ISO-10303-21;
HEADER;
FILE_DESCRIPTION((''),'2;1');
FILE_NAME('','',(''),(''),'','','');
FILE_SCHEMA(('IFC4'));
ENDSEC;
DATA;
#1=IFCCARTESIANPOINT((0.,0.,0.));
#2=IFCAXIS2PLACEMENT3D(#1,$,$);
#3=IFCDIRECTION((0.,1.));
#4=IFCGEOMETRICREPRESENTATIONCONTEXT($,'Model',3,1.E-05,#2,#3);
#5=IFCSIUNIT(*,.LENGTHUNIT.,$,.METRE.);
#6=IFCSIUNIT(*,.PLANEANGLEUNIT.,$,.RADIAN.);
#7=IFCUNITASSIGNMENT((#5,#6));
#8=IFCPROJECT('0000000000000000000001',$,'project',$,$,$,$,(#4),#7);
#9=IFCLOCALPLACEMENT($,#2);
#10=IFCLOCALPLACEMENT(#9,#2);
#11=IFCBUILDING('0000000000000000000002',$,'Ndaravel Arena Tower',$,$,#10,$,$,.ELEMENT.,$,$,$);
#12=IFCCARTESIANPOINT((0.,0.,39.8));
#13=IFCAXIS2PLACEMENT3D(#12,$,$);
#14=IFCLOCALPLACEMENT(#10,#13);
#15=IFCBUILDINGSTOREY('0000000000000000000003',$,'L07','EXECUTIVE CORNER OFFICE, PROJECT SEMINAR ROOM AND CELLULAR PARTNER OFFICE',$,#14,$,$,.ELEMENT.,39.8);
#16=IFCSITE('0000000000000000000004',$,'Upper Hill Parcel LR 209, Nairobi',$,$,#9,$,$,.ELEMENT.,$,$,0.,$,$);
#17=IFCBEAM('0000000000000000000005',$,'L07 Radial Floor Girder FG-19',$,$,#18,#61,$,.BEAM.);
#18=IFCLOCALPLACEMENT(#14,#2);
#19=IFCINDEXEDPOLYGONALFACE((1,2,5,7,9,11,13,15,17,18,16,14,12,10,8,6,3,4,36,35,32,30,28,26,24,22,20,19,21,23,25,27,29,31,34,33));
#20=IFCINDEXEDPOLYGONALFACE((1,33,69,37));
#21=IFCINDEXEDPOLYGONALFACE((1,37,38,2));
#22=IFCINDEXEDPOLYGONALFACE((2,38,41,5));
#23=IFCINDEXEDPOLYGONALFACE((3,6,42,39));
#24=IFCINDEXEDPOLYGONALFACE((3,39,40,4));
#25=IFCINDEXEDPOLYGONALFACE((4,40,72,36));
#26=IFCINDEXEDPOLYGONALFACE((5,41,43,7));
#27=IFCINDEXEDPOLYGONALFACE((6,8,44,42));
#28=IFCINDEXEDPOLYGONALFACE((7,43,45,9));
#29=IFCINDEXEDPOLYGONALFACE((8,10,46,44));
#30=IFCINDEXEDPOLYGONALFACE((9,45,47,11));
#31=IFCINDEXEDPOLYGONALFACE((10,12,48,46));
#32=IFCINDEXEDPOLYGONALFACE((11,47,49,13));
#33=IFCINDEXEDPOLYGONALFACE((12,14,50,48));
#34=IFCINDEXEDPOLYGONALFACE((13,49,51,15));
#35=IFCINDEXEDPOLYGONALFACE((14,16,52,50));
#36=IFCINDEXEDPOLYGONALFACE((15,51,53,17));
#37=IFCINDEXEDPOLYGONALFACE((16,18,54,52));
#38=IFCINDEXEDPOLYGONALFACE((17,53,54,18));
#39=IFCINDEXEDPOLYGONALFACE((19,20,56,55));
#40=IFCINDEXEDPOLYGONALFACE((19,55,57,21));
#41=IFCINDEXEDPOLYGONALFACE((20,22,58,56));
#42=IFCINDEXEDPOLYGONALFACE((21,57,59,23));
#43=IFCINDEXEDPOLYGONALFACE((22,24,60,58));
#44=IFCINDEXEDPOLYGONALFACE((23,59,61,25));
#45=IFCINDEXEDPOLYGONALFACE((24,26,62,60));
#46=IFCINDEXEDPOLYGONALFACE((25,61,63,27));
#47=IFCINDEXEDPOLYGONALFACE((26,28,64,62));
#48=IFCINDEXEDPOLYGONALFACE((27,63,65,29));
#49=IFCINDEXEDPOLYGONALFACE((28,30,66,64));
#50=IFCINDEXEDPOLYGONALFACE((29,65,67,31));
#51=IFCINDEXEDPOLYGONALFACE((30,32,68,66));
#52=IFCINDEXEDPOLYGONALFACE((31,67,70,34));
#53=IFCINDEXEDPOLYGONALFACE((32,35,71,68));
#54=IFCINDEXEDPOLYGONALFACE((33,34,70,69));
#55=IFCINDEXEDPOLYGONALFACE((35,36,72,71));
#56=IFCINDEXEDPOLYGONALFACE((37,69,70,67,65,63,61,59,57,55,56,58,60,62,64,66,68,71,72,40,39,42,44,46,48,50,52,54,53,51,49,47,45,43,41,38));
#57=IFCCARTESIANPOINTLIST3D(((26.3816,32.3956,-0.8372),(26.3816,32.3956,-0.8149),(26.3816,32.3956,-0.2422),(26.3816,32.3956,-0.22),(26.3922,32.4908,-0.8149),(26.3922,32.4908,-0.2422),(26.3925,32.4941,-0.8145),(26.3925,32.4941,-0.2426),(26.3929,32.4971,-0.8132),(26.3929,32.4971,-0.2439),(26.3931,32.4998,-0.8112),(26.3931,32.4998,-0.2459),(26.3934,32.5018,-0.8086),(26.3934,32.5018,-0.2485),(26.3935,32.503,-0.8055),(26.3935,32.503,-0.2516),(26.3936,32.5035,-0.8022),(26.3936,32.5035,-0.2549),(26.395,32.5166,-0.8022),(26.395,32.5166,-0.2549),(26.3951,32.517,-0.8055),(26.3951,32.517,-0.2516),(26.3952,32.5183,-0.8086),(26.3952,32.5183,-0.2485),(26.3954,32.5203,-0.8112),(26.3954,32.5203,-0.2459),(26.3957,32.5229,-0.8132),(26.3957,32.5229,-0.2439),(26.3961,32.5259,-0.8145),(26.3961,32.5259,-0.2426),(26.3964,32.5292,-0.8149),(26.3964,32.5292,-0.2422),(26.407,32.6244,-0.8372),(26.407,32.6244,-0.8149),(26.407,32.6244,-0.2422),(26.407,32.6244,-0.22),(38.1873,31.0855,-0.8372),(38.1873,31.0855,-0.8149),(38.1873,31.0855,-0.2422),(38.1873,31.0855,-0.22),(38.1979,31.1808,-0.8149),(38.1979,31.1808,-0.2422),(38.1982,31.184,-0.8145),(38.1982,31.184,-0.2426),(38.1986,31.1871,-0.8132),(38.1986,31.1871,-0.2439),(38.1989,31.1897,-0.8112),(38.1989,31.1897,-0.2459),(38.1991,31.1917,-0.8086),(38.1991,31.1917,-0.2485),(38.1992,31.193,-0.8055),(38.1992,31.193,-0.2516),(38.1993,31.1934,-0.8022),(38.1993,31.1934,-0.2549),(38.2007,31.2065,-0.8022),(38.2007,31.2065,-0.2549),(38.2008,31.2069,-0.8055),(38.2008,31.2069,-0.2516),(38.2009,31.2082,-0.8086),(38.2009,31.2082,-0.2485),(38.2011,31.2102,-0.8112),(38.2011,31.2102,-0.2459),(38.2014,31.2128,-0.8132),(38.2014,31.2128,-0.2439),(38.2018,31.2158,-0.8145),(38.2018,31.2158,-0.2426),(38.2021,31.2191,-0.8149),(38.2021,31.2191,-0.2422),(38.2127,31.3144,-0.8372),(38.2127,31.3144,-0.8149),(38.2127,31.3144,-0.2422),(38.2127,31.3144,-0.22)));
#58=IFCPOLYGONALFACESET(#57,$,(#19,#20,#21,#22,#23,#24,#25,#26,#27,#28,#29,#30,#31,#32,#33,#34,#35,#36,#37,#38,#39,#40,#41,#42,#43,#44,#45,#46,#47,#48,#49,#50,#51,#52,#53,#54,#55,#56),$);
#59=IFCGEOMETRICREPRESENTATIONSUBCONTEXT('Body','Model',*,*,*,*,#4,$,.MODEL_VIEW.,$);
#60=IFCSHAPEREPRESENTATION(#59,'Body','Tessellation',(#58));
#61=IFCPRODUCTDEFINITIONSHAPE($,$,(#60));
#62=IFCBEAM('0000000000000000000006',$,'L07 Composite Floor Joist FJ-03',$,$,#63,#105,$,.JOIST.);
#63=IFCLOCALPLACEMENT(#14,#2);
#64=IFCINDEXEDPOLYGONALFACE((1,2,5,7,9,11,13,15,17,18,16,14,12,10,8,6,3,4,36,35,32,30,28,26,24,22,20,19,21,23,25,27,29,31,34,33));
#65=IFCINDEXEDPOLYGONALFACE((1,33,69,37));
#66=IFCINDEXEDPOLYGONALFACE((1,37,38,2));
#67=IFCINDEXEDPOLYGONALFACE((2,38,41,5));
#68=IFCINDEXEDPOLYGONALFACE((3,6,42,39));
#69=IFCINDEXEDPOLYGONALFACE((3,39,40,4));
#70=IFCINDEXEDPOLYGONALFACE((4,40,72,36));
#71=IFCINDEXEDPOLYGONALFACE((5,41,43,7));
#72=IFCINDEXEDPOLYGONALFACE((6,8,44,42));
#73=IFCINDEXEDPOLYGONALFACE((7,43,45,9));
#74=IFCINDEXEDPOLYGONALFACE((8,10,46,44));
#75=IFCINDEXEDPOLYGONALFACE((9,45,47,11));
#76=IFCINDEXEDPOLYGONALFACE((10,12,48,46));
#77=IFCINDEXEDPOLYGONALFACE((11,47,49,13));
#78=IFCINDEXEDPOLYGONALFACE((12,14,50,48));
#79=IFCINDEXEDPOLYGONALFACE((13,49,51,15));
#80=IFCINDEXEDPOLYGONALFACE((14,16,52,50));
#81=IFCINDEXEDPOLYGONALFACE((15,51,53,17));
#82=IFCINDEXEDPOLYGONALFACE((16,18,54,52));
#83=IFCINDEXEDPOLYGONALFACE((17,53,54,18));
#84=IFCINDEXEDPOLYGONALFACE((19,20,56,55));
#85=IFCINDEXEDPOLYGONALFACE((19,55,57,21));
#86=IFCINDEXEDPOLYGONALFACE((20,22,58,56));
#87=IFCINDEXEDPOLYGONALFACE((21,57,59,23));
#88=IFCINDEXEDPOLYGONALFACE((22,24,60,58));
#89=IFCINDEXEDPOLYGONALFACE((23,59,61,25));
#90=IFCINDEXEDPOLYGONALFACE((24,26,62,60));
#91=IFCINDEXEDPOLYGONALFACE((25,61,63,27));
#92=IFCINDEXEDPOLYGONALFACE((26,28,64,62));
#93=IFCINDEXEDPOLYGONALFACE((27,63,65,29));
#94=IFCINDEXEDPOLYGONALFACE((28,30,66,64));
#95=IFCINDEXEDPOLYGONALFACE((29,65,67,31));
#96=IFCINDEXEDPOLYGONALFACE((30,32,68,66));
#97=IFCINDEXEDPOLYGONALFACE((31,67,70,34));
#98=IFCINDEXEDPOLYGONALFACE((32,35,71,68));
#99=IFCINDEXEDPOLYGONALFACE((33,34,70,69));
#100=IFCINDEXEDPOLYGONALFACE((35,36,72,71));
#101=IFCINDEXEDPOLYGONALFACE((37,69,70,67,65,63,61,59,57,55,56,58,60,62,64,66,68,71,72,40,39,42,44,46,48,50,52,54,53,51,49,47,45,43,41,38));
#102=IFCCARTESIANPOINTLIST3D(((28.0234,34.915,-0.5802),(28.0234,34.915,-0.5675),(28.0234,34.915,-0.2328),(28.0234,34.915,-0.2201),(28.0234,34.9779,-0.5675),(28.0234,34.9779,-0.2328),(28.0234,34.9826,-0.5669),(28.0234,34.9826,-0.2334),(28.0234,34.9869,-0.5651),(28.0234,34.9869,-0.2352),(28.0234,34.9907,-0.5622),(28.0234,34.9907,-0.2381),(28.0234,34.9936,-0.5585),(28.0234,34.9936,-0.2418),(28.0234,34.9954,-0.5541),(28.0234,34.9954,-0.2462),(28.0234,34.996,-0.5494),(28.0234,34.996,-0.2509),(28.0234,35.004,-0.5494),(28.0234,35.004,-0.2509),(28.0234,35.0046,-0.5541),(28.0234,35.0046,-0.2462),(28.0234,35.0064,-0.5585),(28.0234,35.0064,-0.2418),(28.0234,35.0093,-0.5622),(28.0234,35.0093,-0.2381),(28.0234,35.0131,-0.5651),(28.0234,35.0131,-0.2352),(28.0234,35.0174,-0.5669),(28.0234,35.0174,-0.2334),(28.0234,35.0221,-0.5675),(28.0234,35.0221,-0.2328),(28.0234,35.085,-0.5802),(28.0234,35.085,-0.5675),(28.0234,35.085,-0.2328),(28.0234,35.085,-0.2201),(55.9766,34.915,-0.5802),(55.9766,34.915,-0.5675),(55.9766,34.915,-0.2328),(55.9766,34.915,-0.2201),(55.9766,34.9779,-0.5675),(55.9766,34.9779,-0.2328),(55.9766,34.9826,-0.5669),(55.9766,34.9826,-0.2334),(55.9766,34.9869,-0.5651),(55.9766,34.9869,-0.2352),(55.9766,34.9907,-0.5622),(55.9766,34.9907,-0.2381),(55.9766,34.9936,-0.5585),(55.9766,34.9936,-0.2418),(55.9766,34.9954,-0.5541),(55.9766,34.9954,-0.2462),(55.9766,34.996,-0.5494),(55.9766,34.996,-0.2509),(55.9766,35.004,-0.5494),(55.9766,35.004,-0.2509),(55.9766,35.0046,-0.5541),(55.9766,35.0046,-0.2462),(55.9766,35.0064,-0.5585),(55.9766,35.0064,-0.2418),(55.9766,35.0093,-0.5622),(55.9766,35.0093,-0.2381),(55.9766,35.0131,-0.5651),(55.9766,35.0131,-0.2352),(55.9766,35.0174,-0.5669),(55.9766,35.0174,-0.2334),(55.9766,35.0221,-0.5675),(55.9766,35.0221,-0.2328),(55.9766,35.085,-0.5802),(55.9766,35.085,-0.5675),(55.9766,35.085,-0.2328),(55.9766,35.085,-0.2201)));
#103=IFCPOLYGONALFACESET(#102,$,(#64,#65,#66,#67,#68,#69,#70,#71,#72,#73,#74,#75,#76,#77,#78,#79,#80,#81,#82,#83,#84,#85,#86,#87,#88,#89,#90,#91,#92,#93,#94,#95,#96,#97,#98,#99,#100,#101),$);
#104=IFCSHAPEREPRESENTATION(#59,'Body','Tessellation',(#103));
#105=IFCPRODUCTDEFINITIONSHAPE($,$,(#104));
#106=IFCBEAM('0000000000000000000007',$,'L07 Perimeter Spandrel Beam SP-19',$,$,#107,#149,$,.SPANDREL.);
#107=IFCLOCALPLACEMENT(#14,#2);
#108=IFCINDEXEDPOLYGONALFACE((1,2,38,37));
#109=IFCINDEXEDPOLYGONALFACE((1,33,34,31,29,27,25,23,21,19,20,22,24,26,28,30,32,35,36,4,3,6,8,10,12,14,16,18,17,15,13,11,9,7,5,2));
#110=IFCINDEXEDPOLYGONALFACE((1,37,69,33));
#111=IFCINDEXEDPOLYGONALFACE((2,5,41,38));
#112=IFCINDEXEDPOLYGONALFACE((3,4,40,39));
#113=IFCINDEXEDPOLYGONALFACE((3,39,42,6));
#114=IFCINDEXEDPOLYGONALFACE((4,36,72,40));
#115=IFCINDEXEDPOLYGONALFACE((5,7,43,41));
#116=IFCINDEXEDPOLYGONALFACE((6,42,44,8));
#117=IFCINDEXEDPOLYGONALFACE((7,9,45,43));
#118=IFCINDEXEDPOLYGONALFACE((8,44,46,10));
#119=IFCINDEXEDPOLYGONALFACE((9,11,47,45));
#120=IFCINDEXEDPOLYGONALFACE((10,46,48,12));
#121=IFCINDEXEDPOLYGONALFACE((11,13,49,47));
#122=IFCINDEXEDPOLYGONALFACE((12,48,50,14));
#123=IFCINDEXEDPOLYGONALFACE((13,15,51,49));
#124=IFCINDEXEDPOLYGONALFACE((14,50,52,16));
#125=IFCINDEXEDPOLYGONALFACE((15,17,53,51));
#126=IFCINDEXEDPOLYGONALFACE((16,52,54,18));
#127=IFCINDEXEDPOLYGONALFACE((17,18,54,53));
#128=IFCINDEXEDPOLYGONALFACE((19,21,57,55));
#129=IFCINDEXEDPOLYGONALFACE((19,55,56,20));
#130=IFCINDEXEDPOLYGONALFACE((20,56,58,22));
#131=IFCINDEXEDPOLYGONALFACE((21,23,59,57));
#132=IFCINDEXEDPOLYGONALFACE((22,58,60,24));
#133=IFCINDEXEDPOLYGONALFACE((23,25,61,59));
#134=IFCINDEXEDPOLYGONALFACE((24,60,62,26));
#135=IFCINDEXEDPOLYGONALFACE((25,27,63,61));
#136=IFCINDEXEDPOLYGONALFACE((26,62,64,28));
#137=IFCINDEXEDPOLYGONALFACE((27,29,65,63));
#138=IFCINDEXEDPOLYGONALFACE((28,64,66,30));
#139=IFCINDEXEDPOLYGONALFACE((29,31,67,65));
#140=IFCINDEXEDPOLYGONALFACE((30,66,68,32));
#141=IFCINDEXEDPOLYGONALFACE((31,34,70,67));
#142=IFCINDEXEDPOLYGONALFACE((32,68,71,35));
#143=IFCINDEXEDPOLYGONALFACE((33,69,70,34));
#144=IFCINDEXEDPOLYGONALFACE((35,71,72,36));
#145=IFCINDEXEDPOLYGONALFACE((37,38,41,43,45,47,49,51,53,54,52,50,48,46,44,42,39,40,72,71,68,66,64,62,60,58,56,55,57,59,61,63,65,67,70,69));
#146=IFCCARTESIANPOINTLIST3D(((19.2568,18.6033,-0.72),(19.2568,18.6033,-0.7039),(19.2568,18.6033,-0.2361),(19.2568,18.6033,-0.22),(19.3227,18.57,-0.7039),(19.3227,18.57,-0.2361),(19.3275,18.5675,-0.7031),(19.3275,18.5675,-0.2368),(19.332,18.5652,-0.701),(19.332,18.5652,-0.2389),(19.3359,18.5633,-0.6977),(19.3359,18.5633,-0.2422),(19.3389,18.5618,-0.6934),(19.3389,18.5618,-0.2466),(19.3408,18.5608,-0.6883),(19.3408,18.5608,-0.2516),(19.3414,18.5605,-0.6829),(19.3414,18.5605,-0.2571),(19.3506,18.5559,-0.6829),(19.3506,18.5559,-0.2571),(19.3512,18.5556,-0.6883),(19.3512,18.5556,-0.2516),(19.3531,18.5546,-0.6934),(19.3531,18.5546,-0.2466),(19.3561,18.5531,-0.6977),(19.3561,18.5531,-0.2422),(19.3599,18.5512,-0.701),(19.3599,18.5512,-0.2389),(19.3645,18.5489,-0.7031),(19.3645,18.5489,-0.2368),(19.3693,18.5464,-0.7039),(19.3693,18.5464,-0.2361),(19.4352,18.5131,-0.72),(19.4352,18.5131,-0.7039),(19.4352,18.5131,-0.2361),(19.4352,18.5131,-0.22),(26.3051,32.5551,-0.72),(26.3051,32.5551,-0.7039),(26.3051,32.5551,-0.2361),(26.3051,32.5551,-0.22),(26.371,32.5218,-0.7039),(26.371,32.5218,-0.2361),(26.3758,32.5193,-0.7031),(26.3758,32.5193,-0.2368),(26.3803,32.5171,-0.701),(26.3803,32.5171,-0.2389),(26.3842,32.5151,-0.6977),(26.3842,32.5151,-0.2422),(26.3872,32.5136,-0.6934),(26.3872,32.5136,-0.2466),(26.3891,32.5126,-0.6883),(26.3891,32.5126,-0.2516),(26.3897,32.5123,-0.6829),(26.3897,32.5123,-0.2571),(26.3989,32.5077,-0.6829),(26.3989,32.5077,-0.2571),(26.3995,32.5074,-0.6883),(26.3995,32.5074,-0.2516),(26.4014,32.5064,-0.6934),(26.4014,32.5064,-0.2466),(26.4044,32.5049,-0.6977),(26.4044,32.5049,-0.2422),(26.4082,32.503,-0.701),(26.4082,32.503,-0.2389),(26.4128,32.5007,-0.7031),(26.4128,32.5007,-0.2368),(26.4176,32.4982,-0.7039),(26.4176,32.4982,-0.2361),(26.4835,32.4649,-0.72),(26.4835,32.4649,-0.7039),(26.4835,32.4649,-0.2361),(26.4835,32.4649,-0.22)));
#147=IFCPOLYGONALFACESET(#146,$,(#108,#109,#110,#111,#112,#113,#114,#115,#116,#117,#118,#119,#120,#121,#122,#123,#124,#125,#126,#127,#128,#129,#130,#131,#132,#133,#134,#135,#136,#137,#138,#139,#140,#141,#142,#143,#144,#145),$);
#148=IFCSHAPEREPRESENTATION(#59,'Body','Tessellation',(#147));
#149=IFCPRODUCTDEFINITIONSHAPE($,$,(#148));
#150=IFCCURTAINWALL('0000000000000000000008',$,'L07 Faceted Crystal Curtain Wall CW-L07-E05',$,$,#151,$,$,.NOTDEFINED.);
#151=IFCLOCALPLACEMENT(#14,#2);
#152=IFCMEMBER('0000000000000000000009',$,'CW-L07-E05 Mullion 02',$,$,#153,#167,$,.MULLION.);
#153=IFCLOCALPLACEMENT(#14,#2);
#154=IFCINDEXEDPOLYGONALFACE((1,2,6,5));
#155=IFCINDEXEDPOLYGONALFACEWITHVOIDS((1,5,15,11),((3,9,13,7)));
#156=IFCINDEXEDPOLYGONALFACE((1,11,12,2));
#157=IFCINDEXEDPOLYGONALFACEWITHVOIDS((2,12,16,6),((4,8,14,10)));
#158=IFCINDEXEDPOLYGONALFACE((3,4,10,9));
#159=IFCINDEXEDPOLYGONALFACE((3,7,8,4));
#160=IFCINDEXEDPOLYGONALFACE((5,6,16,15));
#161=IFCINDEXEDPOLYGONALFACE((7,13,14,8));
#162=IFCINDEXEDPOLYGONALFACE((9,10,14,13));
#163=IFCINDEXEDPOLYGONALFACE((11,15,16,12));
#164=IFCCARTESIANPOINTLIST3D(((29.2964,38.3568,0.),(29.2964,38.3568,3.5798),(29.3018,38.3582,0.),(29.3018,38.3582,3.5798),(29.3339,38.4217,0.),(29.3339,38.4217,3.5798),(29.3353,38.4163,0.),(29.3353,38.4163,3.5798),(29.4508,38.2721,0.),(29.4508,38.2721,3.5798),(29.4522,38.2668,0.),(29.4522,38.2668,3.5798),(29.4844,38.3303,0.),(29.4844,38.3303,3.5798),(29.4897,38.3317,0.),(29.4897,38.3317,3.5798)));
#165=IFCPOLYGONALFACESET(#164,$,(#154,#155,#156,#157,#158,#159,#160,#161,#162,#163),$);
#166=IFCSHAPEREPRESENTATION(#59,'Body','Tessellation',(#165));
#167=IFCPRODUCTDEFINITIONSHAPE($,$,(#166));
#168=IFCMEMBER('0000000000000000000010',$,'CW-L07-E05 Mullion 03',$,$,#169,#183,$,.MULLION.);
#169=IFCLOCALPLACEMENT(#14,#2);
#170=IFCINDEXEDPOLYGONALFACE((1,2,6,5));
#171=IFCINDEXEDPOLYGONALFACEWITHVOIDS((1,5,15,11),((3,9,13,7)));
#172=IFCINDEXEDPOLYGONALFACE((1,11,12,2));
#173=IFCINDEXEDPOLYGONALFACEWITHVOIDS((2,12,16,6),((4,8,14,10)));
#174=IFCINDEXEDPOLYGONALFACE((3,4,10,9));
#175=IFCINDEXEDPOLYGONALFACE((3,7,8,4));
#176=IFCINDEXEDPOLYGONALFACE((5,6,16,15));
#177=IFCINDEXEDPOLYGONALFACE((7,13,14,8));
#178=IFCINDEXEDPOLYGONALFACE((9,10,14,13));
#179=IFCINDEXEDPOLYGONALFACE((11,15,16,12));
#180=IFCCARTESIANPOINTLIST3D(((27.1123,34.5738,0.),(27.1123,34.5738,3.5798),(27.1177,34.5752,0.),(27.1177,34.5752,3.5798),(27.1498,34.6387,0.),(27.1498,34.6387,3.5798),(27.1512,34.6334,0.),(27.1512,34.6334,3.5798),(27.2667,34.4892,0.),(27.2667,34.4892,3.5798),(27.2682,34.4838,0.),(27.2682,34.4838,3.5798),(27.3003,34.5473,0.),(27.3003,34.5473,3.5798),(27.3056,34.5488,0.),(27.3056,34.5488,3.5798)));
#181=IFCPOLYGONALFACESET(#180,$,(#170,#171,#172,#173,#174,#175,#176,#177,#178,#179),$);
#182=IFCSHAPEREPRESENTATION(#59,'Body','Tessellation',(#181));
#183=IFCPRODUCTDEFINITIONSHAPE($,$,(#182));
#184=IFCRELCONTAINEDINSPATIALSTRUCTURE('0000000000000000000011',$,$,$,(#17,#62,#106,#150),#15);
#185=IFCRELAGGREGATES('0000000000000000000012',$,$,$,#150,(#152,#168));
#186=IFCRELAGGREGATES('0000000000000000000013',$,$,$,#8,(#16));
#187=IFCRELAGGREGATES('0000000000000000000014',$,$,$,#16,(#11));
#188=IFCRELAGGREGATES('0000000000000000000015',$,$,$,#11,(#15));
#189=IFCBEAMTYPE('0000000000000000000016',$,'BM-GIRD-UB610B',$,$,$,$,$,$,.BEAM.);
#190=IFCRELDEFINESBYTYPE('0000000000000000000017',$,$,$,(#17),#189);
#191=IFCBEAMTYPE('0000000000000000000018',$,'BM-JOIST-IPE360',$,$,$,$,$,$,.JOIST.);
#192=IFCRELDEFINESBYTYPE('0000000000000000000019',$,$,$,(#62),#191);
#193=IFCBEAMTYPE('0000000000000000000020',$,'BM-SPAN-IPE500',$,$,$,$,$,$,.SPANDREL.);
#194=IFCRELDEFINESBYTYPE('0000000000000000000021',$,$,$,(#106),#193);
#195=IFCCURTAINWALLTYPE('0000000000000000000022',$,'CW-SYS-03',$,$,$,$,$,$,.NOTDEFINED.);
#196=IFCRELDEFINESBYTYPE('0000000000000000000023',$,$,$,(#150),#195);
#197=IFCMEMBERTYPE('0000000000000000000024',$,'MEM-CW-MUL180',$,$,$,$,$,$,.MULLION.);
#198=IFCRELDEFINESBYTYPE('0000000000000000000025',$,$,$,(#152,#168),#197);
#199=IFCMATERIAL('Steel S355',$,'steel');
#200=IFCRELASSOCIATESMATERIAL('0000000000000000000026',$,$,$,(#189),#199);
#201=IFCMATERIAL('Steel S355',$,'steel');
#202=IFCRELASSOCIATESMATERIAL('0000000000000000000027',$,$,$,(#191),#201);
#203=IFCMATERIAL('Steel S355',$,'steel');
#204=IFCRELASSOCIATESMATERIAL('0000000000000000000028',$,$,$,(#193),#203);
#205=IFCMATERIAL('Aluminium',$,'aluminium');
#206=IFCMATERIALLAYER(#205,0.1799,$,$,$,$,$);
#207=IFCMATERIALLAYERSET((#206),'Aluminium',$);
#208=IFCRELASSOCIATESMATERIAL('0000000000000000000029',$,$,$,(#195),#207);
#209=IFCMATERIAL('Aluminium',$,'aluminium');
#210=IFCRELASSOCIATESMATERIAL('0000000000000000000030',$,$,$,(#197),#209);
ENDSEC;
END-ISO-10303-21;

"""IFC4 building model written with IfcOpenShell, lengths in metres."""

from ifc_helpers import new_model, si_unit, direction, frame, origin, origin_2d, place, context, subcontext, project, spatial, hollow_rectangle, i_section, extrude, material, layer, layer_set, material_profile, profile_set, type_object, element, aggregate, save


model = new_model("IFC4")

# Units and contexts
model_context = context("Model", 3, precision=1e-05, world=origin(), true_north=direction((0.0, 1.0)))
body_context = subcontext(model_context, "Body", "Model", "MODEL_VIEW")
ifc_project = project(units=[si_unit("LENGTHUNIT", "METRE"), si_unit("PLANEANGLEUNIT", "RADIAN")], contexts=[model_context])

# Site, building, storey
site_placement = place(None, origin())
site = spatial("IfcSite", under=ifc_project, at=site_placement, Name="Upper Hill Parcel LR 209, Nairobi", CompositionType="ELEMENT", RefElevation=0.0)
building_placement = place(site_placement, origin())
building = spatial("IfcBuilding", under=site, at=building_placement, Name="Ndaravel Arena Tower", CompositionType="ELEMENT")
storey_placement = place(building_placement, frame((0.0, 0.0, 39.8)))
storey = spatial("IfcBuildingStorey", under=building, at=storey_placement, Name="L07", Description="EXECUTIVE CORNER OFFICE, PROJECT SEMINAR ROOM AND CELLULAR PARTNER OFFICE", CompositionType="ELEMENT", Elevation=39.8)

# Beams
ifc_material_1 = material(Name="Steel S355", Category="steel")
ifc_material_profile_1 = material_profile(ifc_material_1, i_section(OverallWidth=0.2302, OverallDepth=0.6172, WebThickness=0.0132, FlangeThickness=0.0222, FilletRadius=0.0127, at=origin_2d()), Name="UB 610x229x140")
ifc_profile_set_1 = profile_set([ifc_material_profile_1], Name="Steel S355")
beam_type_1 = type_object("IfcBeamType", Name="BM-GIRD-UB610B", PredefinedType="BEAM", material=ifc_profile_set_1)
beam_1_placement = place(storey_placement, frame((26.3943, 32.51, -0.5286), z_axis=(0.993899, -0.110292, 0.0), x_axis=(0.110292, 0.993899, 0.0)))
element("IfcBeam", 1, at=beam_1_placement, inside=storey, type_object=beam_type_1, Name="L07 Radial Floor Girder FG-19", PredefinedType="BEAM", context=body_context, shape_type="SweptSolid", body=[
    extrude(i_section(OverallWidth=0.2302, OverallDepth=0.6172, WebThickness=0.0132, FlangeThickness=0.0222, FilletRadius=0.0127, at=origin_2d()), origin(), (0.0, 0.0, 1.0), 11.8782),
])
ifc_material_2 = material(Name="Steel S355", Category="steel")
ifc_material_profile_2 = material_profile(ifc_material_2, i_section(OverallWidth=0.1699, OverallDepth=0.3601, WebThickness=0.0081, FlangeThickness=0.0127, FilletRadius=0.0181, at=origin_2d()), Name="IPE 360")
ifc_profile_set_2 = profile_set([ifc_material_profile_2], Name="Steel S355")
beam_type_2 = type_object("IfcBeamType", Name="BM-JOIST-IPE360", PredefinedType="JOIST", material=ifc_profile_set_2)
beam_2_placement = place(storey_placement, frame((28.0234, 35.0, -0.4001), z_axis=(1.0, 0.0, 0.0), x_axis=(0.0, 1.0, 0.0)))
element("IfcBeam", 2, at=beam_2_placement, inside=storey, type_object=beam_type_2, Name="L07 Composite Floor Joist FJ-03", PredefinedType="JOIST", context=body_context, shape_type="SweptSolid", body=[
    extrude(i_section(OverallWidth=0.1699, OverallDepth=0.3601, WebThickness=0.0081, FlangeThickness=0.0127, FilletRadius=0.0181, at=origin_2d()), origin(), (0.0, 0.0, 1.0), 27.9531),
])
ifc_material_3 = material(Name="Steel S355", Category="steel")
ifc_material_profile_3 = material_profile(ifc_material_3, i_section(OverallWidth=0.2, OverallDepth=0.5, WebThickness=0.0103, FlangeThickness=0.0161, FilletRadius=0.021, at=origin_2d()), Name="IPE 500")
ifc_profile_set_3 = profile_set([ifc_material_profile_3], Name="Steel S355")
beam_type_3 = type_object("IfcBeamType", Name="BM-SPAN-IPE500", PredefinedType="SPANDREL", material=ifc_profile_set_3)
beam_3_placement = place(storey_placement, frame((26.3943, 32.51, -0.47), z_axis=(-0.450915, -0.892567, 0.0), x_axis=(0.892567, -0.450915, 0.0)))
element("IfcBeam", 3, at=beam_3_placement, inside=storey, type_object=beam_type_3, Name="L07 Perimeter Spandrel Beam SP-19", PredefinedType="SPANDREL", context=body_context, shape_type="SweptSolid", body=[
    extrude(i_section(OverallWidth=0.2, OverallDepth=0.5, WebThickness=0.0103, FlangeThickness=0.0161, FilletRadius=0.021, at=origin_2d()), origin(), (0.0, 0.0, 1.0), 15.6311),
])

# Curtain wall, members
ifc_material_4 = material(Name="Aluminium", Category="aluminium")
ifc_layer_1 = layer(ifc_material_4, 0.1799)
ifc_layer_set_1 = layer_set([ifc_layer_1], Name="Aluminium")
curtain_wall_type = type_object("IfcCurtainWallType", Name="CW-SYS-03", PredefinedType="NOTDEFINED", material=ifc_layer_set_1)
curtain_wall_placement = place(storey_placement, origin())
curtain_wall = element("IfcCurtainWall", 4, at=curtain_wall_placement, inside=storey, type_object=curtain_wall_type, Name="L07 Faceted Crystal Curtain Wall CW-L07-E05", PredefinedType="NOTDEFINED")
ifc_material_5 = material(Name="Aluminium", Category="aluminium")
ifc_material_profile_4 = material_profile(ifc_material_5, hollow_rectangle(XDim=0.075, YDim=0.1799, WallThickness=0.0039, at=origin_2d()), Name="CW MULLION 75x180x4")
ifc_profile_set_4 = profile_set([ifc_material_profile_4], Name="Aluminium")
member_type = type_object("IfcMemberType", Name="MEM-CW-MUL180", PredefinedType="MULLION", material=ifc_profile_set_4)
member_1_placement = place(storey_placement, frame((29.3931, 38.3442, 0.0), z_axis=(0.0, 0.0, 1.0), x_axis=(-0.5, -0.866025, 0.0)))
member_1 = element("IfcMember", 5, at=member_1_placement, type_object=member_type, Name="CW-L07-E05 Mullion 02", PredefinedType="MULLION", context=body_context, shape_type="SweptSolid", body=[
    extrude(hollow_rectangle(XDim=0.075, YDim=0.1799, WallThickness=0.0039, at=origin_2d()), origin(), (0.0, 0.0, 1.0), 3.5798),
])
member_2_placement = place(storey_placement, frame((27.209, 34.5613, 0.0), z_axis=(0.0, 0.0, 1.0), x_axis=(-0.5, -0.866025, 0.0)))
member_2 = element("IfcMember", 6, at=member_2_placement, type_object=member_type, Name="CW-L07-E05 Mullion 03", PredefinedType="MULLION", context=body_context, shape_type="SweptSolid", body=[
    extrude(hollow_rectangle(XDim=0.075, YDim=0.1799, WallThickness=0.0039, at=origin_2d()), origin(), (0.0, 0.0, 1.0), 3.5798),
])
aggregate(curtain_wall, [member_1, member_2])

save(model, "model.ifc")
